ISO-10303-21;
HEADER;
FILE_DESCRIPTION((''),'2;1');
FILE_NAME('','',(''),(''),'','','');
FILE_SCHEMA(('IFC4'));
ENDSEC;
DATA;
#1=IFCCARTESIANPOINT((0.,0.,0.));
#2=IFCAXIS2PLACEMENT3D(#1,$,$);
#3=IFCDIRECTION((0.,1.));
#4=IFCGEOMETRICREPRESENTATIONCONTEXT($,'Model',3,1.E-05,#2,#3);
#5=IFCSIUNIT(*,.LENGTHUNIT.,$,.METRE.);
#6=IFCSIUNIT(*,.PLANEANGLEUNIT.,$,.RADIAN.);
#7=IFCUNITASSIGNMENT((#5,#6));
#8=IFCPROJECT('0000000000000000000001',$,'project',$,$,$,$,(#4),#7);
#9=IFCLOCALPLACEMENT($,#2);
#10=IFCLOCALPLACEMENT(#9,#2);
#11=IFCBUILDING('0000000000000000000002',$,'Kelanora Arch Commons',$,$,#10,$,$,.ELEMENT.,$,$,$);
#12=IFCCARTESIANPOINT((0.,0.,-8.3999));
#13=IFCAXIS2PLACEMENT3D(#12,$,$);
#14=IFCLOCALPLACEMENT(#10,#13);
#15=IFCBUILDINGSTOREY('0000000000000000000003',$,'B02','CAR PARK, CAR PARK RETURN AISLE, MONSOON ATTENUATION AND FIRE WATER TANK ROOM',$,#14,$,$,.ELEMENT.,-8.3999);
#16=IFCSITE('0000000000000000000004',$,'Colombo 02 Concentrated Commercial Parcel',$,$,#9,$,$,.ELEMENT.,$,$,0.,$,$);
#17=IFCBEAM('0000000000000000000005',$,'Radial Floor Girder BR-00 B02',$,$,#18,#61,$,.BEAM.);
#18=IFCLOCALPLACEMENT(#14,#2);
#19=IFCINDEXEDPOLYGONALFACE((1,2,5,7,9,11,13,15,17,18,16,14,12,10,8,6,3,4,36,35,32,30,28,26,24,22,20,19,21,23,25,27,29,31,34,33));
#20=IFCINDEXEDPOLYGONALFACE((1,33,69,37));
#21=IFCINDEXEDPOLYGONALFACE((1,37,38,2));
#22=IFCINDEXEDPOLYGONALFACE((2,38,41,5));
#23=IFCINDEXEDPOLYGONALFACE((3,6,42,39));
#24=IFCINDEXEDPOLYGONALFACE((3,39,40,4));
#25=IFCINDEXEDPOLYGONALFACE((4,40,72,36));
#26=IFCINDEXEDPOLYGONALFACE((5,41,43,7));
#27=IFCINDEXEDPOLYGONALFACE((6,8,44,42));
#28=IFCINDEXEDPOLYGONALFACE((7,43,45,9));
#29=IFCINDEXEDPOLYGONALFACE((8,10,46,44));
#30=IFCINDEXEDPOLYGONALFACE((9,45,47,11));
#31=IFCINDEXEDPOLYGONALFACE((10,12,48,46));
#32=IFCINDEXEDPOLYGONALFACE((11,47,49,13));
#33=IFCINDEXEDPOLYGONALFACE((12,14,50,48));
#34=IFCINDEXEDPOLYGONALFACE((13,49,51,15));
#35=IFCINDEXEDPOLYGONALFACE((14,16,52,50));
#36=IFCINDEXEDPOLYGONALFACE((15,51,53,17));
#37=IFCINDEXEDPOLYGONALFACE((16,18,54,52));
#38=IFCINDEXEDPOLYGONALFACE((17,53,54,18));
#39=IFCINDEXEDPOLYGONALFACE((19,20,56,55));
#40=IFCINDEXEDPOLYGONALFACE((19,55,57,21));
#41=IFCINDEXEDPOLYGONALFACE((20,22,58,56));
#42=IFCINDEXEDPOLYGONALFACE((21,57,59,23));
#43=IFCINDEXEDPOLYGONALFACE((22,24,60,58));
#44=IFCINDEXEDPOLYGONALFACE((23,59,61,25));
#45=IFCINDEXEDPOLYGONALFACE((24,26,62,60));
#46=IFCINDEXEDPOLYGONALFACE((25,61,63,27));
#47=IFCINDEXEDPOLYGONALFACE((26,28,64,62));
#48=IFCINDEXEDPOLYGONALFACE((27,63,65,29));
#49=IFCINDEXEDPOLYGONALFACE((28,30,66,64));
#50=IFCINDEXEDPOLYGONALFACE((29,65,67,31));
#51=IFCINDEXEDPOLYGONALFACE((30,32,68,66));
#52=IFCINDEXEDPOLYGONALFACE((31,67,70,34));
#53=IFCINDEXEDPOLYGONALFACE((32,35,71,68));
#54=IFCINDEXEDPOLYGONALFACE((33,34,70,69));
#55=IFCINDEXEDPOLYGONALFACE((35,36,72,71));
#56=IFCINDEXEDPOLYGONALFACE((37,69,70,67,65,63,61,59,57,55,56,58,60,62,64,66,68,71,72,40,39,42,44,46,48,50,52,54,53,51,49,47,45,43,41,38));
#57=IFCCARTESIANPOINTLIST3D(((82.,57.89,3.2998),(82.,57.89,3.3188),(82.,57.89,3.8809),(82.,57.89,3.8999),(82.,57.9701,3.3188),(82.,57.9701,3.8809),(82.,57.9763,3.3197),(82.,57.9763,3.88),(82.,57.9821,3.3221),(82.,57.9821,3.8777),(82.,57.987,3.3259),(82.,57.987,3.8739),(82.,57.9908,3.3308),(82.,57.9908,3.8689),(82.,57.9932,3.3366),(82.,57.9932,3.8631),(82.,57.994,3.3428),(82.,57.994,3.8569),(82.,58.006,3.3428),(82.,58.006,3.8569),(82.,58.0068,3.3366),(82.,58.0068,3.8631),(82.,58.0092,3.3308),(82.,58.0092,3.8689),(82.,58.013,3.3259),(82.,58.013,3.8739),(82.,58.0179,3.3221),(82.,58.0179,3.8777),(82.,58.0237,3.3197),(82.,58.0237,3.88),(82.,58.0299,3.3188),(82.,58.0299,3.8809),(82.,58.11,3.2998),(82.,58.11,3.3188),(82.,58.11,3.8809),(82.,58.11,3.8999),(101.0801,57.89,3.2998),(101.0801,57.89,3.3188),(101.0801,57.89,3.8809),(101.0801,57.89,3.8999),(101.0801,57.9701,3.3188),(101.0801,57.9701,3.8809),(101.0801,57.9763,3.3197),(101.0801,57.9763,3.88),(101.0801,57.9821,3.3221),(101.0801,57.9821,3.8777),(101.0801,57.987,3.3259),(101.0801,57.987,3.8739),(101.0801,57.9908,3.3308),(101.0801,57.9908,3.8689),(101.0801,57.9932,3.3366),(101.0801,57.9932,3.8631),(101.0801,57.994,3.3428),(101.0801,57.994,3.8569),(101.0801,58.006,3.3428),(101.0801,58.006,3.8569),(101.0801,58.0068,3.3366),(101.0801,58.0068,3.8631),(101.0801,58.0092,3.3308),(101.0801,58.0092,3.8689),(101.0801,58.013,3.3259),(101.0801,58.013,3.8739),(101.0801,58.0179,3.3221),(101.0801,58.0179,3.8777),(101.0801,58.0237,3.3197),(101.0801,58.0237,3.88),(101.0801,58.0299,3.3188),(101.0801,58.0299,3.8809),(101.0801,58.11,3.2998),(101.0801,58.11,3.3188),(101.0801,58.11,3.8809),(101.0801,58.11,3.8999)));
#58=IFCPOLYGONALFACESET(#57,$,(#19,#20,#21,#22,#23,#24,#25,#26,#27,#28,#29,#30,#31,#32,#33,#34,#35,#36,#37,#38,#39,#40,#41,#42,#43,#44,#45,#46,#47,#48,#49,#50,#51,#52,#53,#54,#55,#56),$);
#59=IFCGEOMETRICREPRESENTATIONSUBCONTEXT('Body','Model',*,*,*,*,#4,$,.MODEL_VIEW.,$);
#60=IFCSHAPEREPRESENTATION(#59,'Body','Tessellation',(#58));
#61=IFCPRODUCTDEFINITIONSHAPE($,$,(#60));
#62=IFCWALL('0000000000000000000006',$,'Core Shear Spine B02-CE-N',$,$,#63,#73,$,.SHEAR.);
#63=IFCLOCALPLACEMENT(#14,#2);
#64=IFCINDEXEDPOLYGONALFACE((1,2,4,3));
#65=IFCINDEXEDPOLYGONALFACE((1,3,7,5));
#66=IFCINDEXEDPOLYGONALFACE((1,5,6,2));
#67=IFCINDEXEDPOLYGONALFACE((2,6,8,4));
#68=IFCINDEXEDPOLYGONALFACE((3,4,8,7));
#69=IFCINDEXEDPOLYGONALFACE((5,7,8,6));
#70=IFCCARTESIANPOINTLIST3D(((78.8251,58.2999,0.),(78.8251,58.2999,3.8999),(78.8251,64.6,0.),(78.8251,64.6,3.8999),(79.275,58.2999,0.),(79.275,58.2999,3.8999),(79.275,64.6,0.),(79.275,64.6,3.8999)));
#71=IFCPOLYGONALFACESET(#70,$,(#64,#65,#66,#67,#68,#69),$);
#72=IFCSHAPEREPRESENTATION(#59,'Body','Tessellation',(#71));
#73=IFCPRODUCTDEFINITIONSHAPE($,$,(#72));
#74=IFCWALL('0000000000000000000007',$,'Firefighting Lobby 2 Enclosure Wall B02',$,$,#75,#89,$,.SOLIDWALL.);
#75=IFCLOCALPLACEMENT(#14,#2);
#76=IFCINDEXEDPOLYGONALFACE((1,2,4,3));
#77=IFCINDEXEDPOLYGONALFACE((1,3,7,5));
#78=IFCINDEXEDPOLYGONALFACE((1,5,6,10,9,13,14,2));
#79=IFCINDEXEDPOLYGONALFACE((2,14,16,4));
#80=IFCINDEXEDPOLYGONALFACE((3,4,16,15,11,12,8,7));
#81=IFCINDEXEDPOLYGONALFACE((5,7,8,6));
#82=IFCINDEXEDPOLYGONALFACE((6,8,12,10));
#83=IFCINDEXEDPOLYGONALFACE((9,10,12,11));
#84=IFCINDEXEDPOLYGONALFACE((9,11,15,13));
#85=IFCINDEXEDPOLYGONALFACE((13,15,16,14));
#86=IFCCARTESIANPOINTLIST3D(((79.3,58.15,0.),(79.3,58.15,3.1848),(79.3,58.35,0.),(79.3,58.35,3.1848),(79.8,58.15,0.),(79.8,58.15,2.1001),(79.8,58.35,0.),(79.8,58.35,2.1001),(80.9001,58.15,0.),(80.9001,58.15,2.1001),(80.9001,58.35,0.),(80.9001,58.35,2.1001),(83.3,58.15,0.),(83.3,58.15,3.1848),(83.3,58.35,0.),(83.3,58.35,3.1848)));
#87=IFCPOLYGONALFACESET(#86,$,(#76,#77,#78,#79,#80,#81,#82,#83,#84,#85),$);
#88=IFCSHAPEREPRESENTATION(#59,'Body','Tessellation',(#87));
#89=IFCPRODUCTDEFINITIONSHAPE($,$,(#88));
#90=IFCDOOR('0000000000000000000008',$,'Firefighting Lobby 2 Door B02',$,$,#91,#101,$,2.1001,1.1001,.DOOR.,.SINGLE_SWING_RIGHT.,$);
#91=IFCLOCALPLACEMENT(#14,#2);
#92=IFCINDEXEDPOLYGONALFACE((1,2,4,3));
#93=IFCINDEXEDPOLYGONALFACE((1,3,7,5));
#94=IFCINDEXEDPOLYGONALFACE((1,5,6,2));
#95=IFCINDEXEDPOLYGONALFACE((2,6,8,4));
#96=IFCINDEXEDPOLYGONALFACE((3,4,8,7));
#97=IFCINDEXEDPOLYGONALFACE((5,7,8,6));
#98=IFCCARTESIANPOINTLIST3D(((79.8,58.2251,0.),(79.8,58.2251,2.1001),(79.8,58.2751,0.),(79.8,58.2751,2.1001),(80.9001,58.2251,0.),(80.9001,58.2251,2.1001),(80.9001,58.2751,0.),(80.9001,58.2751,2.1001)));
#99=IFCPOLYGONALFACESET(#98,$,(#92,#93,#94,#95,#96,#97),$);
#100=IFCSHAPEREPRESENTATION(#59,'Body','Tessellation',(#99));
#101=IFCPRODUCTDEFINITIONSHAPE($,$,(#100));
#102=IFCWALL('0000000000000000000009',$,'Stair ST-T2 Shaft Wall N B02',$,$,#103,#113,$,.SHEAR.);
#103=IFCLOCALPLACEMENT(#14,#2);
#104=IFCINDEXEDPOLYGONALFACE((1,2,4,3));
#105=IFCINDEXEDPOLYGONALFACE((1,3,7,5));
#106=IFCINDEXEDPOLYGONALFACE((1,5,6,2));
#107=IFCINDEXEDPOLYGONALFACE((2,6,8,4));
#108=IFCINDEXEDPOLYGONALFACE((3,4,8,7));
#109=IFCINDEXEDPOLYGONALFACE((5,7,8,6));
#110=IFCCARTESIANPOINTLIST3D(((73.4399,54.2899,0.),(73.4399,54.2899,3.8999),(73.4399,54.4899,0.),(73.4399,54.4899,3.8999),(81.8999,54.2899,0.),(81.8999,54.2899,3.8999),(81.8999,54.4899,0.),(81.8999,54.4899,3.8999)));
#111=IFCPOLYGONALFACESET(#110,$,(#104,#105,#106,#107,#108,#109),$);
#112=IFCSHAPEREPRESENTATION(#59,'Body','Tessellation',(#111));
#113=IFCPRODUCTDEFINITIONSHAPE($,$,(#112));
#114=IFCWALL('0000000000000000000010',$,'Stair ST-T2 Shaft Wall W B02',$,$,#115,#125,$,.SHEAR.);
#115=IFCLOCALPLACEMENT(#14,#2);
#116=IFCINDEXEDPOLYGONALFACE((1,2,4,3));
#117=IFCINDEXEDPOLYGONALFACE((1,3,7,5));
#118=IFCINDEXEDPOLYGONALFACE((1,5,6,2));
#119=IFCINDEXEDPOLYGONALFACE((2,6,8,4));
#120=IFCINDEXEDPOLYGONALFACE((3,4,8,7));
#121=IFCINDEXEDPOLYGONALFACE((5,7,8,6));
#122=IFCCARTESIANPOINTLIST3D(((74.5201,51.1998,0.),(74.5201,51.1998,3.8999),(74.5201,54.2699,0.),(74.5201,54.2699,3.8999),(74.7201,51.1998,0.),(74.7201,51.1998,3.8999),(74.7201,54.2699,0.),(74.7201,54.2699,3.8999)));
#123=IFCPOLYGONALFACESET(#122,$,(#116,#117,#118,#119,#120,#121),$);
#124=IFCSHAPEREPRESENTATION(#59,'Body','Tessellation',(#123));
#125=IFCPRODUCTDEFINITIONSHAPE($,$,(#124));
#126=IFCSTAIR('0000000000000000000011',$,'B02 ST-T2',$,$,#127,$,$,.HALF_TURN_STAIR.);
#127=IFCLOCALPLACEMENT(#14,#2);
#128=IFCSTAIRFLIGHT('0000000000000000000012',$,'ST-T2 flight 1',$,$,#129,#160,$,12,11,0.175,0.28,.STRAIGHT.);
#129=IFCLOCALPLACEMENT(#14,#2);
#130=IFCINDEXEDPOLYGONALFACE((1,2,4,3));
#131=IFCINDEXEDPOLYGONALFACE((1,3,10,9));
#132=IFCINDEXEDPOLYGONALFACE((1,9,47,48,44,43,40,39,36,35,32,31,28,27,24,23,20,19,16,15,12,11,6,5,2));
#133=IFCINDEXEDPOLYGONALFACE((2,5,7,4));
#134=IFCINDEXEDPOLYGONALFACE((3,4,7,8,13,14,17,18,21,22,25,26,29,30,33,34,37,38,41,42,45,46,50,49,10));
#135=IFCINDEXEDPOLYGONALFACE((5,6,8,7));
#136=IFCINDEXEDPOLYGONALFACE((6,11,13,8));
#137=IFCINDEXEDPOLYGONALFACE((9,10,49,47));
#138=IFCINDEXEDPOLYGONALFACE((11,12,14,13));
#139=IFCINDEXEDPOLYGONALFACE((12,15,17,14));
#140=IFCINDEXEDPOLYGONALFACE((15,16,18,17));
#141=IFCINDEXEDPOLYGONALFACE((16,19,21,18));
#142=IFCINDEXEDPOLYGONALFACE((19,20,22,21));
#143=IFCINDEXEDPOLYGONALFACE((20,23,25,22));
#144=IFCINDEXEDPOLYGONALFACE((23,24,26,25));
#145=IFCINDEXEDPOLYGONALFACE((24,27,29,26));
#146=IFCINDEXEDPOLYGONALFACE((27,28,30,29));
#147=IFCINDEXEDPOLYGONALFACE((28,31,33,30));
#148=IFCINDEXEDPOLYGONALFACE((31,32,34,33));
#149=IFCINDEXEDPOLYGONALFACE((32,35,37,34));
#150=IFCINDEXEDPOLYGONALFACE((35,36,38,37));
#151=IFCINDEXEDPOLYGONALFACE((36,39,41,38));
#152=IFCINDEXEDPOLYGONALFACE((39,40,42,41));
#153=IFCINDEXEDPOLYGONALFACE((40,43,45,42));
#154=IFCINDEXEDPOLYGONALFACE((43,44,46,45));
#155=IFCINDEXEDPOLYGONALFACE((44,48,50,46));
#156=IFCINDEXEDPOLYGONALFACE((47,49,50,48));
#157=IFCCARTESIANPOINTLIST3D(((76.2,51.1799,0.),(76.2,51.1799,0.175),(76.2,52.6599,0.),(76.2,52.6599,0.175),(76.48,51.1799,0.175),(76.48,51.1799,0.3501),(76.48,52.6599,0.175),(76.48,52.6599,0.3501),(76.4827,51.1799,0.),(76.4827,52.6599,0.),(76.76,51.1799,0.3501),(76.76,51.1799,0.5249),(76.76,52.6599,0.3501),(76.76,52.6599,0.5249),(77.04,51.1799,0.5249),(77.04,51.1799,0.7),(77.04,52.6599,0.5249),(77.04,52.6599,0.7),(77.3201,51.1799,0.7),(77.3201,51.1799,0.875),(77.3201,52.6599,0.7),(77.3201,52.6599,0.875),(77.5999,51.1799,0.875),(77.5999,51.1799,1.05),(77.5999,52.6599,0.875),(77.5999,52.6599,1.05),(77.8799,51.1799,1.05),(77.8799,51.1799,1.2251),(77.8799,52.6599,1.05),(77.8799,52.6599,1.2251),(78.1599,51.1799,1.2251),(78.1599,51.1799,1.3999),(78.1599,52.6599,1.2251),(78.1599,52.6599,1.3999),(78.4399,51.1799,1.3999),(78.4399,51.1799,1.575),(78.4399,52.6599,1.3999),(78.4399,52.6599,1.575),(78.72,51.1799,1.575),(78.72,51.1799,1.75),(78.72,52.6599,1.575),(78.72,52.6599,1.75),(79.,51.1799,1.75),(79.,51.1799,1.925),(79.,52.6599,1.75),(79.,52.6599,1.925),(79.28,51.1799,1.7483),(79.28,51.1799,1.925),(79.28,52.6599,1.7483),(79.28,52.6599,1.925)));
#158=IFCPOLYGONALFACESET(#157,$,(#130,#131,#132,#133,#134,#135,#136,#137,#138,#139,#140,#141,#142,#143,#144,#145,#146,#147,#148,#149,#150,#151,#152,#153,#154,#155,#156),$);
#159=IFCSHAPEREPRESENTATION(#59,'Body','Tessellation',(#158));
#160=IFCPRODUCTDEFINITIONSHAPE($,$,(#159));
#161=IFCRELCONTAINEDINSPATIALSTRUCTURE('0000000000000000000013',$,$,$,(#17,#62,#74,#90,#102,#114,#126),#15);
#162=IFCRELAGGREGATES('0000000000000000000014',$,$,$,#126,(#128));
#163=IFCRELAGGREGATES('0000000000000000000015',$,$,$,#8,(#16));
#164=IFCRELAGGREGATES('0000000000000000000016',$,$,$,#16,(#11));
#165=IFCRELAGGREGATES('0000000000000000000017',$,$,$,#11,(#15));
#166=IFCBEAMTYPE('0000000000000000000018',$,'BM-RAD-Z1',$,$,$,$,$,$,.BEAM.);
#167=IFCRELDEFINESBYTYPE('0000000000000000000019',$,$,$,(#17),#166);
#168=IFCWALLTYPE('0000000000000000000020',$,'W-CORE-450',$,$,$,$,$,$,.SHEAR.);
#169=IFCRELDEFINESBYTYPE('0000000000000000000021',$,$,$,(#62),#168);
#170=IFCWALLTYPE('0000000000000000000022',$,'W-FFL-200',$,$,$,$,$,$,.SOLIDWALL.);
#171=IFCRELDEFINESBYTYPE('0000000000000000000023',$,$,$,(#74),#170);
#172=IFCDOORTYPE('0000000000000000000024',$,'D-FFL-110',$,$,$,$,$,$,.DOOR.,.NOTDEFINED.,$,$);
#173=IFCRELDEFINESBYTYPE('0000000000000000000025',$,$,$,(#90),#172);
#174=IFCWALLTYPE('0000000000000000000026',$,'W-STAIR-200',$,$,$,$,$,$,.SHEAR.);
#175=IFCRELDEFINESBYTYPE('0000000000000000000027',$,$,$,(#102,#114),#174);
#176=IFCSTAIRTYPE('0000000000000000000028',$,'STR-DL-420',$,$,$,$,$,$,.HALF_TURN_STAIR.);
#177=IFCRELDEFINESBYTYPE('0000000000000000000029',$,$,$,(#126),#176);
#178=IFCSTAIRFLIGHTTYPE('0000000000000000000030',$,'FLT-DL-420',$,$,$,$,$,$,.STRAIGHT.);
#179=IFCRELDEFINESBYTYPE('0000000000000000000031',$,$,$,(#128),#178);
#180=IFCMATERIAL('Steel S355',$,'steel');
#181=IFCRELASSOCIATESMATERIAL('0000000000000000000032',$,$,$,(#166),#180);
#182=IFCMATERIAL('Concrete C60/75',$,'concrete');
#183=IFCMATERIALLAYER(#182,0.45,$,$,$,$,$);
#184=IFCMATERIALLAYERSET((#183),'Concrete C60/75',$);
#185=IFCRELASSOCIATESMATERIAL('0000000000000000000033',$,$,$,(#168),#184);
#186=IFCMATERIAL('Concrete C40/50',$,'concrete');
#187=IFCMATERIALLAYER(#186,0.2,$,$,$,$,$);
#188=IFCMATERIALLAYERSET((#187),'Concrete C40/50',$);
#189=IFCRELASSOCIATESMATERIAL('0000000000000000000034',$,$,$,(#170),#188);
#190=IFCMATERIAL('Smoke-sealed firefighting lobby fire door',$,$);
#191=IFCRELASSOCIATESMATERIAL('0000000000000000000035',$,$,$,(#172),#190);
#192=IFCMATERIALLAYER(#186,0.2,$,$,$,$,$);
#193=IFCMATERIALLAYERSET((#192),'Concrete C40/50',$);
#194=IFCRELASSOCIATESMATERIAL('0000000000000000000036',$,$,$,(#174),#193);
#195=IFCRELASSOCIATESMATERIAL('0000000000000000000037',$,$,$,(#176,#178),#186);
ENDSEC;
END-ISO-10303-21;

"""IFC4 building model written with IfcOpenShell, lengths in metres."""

from ifc_helpers import new_model, si_unit, direction, frame, frame_2d, origin, origin_2d, place, context, subcontext, project, spatial, polyline, rectangle, i_section, outline, extrude, material, layer, layer_set, material_profile, profile_set, type_object, element, fill, aggregate, save


model = new_model("IFC4")

# Units and contexts
model_context = context("Model", 3, precision=1e-05, world=origin(), true_north=direction((0.0, 1.0)))
body_context = subcontext(model_context, "Body", "Model", "MODEL_VIEW")
ifc_project = project(units=[si_unit("LENGTHUNIT", "METRE"), si_unit("PLANEANGLEUNIT", "RADIAN")], contexts=[model_context])

# Site, building, storey
site_placement = place(None, origin())
site = spatial("IfcSite", under=ifc_project, at=site_placement, Name="Colombo 02 Concentrated Commercial Parcel", CompositionType="ELEMENT", RefElevation=0.0)
building_placement = place(site_placement, origin())
building = spatial("IfcBuilding", under=site, at=building_placement, Name="Kelanora Arch Commons", CompositionType="ELEMENT")
storey_placement = place(building_placement, frame((0.0, 0.0, -8.3999)))
storey = spatial("IfcBuildingStorey", under=building, at=storey_placement, Name="B02", Description="CAR PARK, CAR PARK RETURN AISLE, MONSOON ATTENUATION AND FIRE WATER TANK ROOM", CompositionType="ELEMENT", Elevation=-8.3999)

# Shared definitions
ifc_material_1 = material(Name="Concrete C60/75", Category="concrete")

# Beam
ifc_material_2 = material(Name="Steel S355", Category="steel")
ifc_material_profile_1 = material_profile(ifc_material_2, i_section(OverallWidth=0.22, OverallDepth=0.6001, WebThickness=0.012, FlangeThickness=0.019, FilletRadius=0.0239, at=origin_2d()), Name="IPE600")
ifc_profile_set_1 = profile_set([ifc_material_profile_1], Name="Steel S355")
beam_type_1 = type_object("IfcBeamType", Name="BM-RAD-Z1", PredefinedType="BEAM", material=ifc_profile_set_1)
beam_1_placement = place(storey_placement, frame((82.0, 58.0, 3.5999), z_axis=(1.0, 0.0, 0.0), x_axis=(0.0, 1.0, 0.0)))
element("IfcBeam", 1, at=beam_1_placement, inside=storey, type_object=beam_type_1, Name="Radial Floor Girder BR-00 B02", PredefinedType="BEAM", context=body_context, shape_type="SweptSolid", body=[
    extrude(i_section(OverallWidth=0.22, OverallDepth=0.6001, WebThickness=0.012, FlangeThickness=0.019, FilletRadius=0.0239, at=origin_2d()), origin(), (0.0, 0.0, 1.0), 19.0801),
])

# Wall
ifc_layer_1 = layer(ifc_material_1, 0.45)
ifc_layer_set_1 = layer_set([ifc_layer_1], Name="Concrete C60/75")
wall_type_1 = type_object("IfcWallType", Name="W-CORE-450", PredefinedType="SHEAR", material=ifc_layer_set_1)
wall_1_placement = place(storey_placement, frame((79.05, 58.3, 0.0), z_axis=(0.0, 0.0, 1.0), x_axis=(0.0, 1.0, 0.0)))
element("IfcWall", 2, at=wall_1_placement, inside=storey, type_object=wall_type_1, Name="Core Shear Spine B02-CE-N", PredefinedType="SHEAR", context=body_context, shape_type="SweptSolid", body=[
    extrude(rectangle(XDim=6.3, YDim=0.45, at=frame_2d((3.1499, 0.0))), origin(), (0.0, 0.0, 1.0), 3.8999),
])

# Wall, opening, door
ifc_material_3 = material(Name="Concrete C40/50", Category="concrete")
ifc_layer_2 = layer(ifc_material_3, 0.2)
ifc_layer_set_2 = layer_set([ifc_layer_2], Name="Concrete C40/50")
wall_type_2 = type_object("IfcWallType", Name="W-FFL-200", PredefinedType="SOLIDWALL", material=ifc_layer_set_2)
wall_2_placement = place(storey_placement, frame((79.3, 58.25, 0.0), z_axis=(0.0, 0.0, 1.0), x_axis=(1.0, 0.0, 0.0)))
wall_2 = element("IfcWall", 3, at=wall_2_placement, inside=storey, type_object=wall_type_2, Name="Firefighting Lobby 2 Enclosure Wall B02", PredefinedType="SOLIDWALL", context=body_context, shape_type="SweptSolid", body=[
    extrude(rectangle(XDim=4.0, YDim=0.2, at=frame_2d((2.0, 0.0))), origin(), (0.0, 0.0, 1.0), 3.1848),
])
opening_1_placement = place(wall_2_placement, frame((0.5, 0.0, 0.0)))
opening_1 = element("IfcOpeningElement", 4, at=opening_1_placement, cuts=wall_2, PredefinedType="OPENING", context=body_context, shape_type="SweptSolid", body=[
    extrude(rectangle(XDim=1.1001, YDim=2.1001, at=frame_2d((0.55, 1.05))), frame((0.0, 0.1099, 0.0), z_axis=(0.0, -1.0, 0.0), x_axis=(1.0, 0.0, 0.0)), (0.0, 0.0, 1.0), 0.22),
])
ifc_material_4 = material(Name="Smoke-sealed firefighting lobby fire door")
door_type_1 = type_object("IfcDoorType", Name="D-FFL-110", OperationType="NOTDEFINED", PredefinedType="DOOR", material=ifc_material_4)
door_1_placement = place(opening_1_placement, frame((1.1001, 0.0, 0.0), z_axis=(0.0, 0.0, 1.0), x_axis=(-1.0, 0.0, 0.0)))
door_1 = element("IfcDoor", 5, at=door_1_placement, inside=storey, type_object=door_type_1, Name="Firefighting Lobby 2 Door B02", OperationType="SINGLE_SWING_RIGHT", OverallHeight=2.1001, OverallWidth=1.1001, PredefinedType="DOOR", context=body_context, shape_type="SweptSolid", body=[
    extrude(rectangle(XDim=1.1001, YDim=2.1001, at=frame_2d((0.55, 1.05))), frame((0.0, 0.0249, 0.0), z_axis=(0.0, -1.0, 0.0), x_axis=(1.0, 0.0, 0.0)), (0.0, 0.0, 1.0), 0.05),
])
fill(opening_1, door_1)

# Walls
ifc_layer_3 = layer(ifc_material_3, 0.2)
ifc_layer_set_3 = layer_set([ifc_layer_3], Name="Concrete C40/50")
wall_type_3 = type_object("IfcWallType", Name="W-STAIR-200", PredefinedType="SHEAR", material=ifc_layer_set_3)
wall_3_placement = place(storey_placement, frame((81.8999, 54.3899, 0.0), z_axis=(0.0, 0.0, 1.0), x_axis=(-1.0, 0.0, 0.0)))
element("IfcWall", 6, at=wall_3_placement, inside=storey, type_object=wall_type_3, Name="Stair ST-T2 Shaft Wall N B02", PredefinedType="SHEAR", context=body_context, shape_type="SweptSolid", body=[
    extrude(rectangle(XDim=8.46, YDim=0.2, at=frame_2d((4.23, 0.0))), origin(), (0.0, 0.0, 1.0), 3.8999),
])
wall_4_placement = place(storey_placement, frame((74.6201, 54.27, 0.0), z_axis=(0.0, 0.0, 1.0), x_axis=(0.0, -1.0, 0.0)))
element("IfcWall", 7, at=wall_4_placement, inside=storey, type_object=wall_type_3, Name="Stair ST-T2 Shaft Wall W B02", PredefinedType="SHEAR", context=body_context, shape_type="SweptSolid", body=[
    extrude(rectangle(XDim=3.0701, YDim=0.2, at=frame_2d((1.5352, 0.0))), origin(), (0.0, 0.0, 1.0), 3.8999),
])

# Stair, stair flight
stair_type = type_object("IfcStairType", Name="STR-DL-420", PredefinedType="HALF_TURN_STAIR", material=ifc_material_3)
stair_placement = place(storey_placement, origin())
stair = element("IfcStair", 8, at=stair_placement, inside=storey, type_object=stair_type, Name="B02 ST-T2", PredefinedType="HALF_TURN_STAIR")
stair_flight_type = type_object("IfcStairFlightType", Name="FLT-DL-420", PredefinedType="STRAIGHT", material=ifc_material_3)
stair_flight_1_placement = place(storey_placement, frame((76.2, 51.9199, 0.0), z_axis=(0.0, 0.0, 1.0), x_axis=(1.0, 0.0, 0.0)))
stair_flight_1 = element("IfcStairFlight", 9, at=stair_flight_1_placement, type_object=stair_flight_type, Name="ST-T2 flight 1", NumberOfRisers=12, NumberOfTreads=11, PredefinedType="STRAIGHT", RiserHeight=0.175, TreadLength=0.28, context=body_context, shape_type="SweptSolid", body=[
    extrude(outline(polyline([(0.0, 0.0), (0.0, 0.175), (0.28, 0.175), (0.28, 0.3501), (0.5601, 0.3501), (0.5601, 0.5249), (0.8401, 0.5249), (0.8401, 0.7), (1.1201, 0.7), (1.1201, 0.875), (1.3999, 0.875), (1.3999, 1.05), (1.6799, 1.05), (1.6799, 1.2251), (1.96, 1.2251), (1.96, 1.3999), (2.24, 1.3999), (2.24, 1.575), (2.52, 1.575), (2.52, 1.75), (2.8, 1.75), (2.8, 1.925), (3.0801, 1.925), (3.0801, 2.1001), (3.0801, 1.7483), (0.2827, 0.0), (0.0, 0.0)])), frame((0.0, 0.74, 0.0), z_axis=(0.0, -1.0, 0.0), x_axis=(1.0, 0.0, 0.0)), (0.0, 0.0, 1.0), 1.48),
])
aggregate(stair, [stair_flight_1])

save(model, "model.ifc")
